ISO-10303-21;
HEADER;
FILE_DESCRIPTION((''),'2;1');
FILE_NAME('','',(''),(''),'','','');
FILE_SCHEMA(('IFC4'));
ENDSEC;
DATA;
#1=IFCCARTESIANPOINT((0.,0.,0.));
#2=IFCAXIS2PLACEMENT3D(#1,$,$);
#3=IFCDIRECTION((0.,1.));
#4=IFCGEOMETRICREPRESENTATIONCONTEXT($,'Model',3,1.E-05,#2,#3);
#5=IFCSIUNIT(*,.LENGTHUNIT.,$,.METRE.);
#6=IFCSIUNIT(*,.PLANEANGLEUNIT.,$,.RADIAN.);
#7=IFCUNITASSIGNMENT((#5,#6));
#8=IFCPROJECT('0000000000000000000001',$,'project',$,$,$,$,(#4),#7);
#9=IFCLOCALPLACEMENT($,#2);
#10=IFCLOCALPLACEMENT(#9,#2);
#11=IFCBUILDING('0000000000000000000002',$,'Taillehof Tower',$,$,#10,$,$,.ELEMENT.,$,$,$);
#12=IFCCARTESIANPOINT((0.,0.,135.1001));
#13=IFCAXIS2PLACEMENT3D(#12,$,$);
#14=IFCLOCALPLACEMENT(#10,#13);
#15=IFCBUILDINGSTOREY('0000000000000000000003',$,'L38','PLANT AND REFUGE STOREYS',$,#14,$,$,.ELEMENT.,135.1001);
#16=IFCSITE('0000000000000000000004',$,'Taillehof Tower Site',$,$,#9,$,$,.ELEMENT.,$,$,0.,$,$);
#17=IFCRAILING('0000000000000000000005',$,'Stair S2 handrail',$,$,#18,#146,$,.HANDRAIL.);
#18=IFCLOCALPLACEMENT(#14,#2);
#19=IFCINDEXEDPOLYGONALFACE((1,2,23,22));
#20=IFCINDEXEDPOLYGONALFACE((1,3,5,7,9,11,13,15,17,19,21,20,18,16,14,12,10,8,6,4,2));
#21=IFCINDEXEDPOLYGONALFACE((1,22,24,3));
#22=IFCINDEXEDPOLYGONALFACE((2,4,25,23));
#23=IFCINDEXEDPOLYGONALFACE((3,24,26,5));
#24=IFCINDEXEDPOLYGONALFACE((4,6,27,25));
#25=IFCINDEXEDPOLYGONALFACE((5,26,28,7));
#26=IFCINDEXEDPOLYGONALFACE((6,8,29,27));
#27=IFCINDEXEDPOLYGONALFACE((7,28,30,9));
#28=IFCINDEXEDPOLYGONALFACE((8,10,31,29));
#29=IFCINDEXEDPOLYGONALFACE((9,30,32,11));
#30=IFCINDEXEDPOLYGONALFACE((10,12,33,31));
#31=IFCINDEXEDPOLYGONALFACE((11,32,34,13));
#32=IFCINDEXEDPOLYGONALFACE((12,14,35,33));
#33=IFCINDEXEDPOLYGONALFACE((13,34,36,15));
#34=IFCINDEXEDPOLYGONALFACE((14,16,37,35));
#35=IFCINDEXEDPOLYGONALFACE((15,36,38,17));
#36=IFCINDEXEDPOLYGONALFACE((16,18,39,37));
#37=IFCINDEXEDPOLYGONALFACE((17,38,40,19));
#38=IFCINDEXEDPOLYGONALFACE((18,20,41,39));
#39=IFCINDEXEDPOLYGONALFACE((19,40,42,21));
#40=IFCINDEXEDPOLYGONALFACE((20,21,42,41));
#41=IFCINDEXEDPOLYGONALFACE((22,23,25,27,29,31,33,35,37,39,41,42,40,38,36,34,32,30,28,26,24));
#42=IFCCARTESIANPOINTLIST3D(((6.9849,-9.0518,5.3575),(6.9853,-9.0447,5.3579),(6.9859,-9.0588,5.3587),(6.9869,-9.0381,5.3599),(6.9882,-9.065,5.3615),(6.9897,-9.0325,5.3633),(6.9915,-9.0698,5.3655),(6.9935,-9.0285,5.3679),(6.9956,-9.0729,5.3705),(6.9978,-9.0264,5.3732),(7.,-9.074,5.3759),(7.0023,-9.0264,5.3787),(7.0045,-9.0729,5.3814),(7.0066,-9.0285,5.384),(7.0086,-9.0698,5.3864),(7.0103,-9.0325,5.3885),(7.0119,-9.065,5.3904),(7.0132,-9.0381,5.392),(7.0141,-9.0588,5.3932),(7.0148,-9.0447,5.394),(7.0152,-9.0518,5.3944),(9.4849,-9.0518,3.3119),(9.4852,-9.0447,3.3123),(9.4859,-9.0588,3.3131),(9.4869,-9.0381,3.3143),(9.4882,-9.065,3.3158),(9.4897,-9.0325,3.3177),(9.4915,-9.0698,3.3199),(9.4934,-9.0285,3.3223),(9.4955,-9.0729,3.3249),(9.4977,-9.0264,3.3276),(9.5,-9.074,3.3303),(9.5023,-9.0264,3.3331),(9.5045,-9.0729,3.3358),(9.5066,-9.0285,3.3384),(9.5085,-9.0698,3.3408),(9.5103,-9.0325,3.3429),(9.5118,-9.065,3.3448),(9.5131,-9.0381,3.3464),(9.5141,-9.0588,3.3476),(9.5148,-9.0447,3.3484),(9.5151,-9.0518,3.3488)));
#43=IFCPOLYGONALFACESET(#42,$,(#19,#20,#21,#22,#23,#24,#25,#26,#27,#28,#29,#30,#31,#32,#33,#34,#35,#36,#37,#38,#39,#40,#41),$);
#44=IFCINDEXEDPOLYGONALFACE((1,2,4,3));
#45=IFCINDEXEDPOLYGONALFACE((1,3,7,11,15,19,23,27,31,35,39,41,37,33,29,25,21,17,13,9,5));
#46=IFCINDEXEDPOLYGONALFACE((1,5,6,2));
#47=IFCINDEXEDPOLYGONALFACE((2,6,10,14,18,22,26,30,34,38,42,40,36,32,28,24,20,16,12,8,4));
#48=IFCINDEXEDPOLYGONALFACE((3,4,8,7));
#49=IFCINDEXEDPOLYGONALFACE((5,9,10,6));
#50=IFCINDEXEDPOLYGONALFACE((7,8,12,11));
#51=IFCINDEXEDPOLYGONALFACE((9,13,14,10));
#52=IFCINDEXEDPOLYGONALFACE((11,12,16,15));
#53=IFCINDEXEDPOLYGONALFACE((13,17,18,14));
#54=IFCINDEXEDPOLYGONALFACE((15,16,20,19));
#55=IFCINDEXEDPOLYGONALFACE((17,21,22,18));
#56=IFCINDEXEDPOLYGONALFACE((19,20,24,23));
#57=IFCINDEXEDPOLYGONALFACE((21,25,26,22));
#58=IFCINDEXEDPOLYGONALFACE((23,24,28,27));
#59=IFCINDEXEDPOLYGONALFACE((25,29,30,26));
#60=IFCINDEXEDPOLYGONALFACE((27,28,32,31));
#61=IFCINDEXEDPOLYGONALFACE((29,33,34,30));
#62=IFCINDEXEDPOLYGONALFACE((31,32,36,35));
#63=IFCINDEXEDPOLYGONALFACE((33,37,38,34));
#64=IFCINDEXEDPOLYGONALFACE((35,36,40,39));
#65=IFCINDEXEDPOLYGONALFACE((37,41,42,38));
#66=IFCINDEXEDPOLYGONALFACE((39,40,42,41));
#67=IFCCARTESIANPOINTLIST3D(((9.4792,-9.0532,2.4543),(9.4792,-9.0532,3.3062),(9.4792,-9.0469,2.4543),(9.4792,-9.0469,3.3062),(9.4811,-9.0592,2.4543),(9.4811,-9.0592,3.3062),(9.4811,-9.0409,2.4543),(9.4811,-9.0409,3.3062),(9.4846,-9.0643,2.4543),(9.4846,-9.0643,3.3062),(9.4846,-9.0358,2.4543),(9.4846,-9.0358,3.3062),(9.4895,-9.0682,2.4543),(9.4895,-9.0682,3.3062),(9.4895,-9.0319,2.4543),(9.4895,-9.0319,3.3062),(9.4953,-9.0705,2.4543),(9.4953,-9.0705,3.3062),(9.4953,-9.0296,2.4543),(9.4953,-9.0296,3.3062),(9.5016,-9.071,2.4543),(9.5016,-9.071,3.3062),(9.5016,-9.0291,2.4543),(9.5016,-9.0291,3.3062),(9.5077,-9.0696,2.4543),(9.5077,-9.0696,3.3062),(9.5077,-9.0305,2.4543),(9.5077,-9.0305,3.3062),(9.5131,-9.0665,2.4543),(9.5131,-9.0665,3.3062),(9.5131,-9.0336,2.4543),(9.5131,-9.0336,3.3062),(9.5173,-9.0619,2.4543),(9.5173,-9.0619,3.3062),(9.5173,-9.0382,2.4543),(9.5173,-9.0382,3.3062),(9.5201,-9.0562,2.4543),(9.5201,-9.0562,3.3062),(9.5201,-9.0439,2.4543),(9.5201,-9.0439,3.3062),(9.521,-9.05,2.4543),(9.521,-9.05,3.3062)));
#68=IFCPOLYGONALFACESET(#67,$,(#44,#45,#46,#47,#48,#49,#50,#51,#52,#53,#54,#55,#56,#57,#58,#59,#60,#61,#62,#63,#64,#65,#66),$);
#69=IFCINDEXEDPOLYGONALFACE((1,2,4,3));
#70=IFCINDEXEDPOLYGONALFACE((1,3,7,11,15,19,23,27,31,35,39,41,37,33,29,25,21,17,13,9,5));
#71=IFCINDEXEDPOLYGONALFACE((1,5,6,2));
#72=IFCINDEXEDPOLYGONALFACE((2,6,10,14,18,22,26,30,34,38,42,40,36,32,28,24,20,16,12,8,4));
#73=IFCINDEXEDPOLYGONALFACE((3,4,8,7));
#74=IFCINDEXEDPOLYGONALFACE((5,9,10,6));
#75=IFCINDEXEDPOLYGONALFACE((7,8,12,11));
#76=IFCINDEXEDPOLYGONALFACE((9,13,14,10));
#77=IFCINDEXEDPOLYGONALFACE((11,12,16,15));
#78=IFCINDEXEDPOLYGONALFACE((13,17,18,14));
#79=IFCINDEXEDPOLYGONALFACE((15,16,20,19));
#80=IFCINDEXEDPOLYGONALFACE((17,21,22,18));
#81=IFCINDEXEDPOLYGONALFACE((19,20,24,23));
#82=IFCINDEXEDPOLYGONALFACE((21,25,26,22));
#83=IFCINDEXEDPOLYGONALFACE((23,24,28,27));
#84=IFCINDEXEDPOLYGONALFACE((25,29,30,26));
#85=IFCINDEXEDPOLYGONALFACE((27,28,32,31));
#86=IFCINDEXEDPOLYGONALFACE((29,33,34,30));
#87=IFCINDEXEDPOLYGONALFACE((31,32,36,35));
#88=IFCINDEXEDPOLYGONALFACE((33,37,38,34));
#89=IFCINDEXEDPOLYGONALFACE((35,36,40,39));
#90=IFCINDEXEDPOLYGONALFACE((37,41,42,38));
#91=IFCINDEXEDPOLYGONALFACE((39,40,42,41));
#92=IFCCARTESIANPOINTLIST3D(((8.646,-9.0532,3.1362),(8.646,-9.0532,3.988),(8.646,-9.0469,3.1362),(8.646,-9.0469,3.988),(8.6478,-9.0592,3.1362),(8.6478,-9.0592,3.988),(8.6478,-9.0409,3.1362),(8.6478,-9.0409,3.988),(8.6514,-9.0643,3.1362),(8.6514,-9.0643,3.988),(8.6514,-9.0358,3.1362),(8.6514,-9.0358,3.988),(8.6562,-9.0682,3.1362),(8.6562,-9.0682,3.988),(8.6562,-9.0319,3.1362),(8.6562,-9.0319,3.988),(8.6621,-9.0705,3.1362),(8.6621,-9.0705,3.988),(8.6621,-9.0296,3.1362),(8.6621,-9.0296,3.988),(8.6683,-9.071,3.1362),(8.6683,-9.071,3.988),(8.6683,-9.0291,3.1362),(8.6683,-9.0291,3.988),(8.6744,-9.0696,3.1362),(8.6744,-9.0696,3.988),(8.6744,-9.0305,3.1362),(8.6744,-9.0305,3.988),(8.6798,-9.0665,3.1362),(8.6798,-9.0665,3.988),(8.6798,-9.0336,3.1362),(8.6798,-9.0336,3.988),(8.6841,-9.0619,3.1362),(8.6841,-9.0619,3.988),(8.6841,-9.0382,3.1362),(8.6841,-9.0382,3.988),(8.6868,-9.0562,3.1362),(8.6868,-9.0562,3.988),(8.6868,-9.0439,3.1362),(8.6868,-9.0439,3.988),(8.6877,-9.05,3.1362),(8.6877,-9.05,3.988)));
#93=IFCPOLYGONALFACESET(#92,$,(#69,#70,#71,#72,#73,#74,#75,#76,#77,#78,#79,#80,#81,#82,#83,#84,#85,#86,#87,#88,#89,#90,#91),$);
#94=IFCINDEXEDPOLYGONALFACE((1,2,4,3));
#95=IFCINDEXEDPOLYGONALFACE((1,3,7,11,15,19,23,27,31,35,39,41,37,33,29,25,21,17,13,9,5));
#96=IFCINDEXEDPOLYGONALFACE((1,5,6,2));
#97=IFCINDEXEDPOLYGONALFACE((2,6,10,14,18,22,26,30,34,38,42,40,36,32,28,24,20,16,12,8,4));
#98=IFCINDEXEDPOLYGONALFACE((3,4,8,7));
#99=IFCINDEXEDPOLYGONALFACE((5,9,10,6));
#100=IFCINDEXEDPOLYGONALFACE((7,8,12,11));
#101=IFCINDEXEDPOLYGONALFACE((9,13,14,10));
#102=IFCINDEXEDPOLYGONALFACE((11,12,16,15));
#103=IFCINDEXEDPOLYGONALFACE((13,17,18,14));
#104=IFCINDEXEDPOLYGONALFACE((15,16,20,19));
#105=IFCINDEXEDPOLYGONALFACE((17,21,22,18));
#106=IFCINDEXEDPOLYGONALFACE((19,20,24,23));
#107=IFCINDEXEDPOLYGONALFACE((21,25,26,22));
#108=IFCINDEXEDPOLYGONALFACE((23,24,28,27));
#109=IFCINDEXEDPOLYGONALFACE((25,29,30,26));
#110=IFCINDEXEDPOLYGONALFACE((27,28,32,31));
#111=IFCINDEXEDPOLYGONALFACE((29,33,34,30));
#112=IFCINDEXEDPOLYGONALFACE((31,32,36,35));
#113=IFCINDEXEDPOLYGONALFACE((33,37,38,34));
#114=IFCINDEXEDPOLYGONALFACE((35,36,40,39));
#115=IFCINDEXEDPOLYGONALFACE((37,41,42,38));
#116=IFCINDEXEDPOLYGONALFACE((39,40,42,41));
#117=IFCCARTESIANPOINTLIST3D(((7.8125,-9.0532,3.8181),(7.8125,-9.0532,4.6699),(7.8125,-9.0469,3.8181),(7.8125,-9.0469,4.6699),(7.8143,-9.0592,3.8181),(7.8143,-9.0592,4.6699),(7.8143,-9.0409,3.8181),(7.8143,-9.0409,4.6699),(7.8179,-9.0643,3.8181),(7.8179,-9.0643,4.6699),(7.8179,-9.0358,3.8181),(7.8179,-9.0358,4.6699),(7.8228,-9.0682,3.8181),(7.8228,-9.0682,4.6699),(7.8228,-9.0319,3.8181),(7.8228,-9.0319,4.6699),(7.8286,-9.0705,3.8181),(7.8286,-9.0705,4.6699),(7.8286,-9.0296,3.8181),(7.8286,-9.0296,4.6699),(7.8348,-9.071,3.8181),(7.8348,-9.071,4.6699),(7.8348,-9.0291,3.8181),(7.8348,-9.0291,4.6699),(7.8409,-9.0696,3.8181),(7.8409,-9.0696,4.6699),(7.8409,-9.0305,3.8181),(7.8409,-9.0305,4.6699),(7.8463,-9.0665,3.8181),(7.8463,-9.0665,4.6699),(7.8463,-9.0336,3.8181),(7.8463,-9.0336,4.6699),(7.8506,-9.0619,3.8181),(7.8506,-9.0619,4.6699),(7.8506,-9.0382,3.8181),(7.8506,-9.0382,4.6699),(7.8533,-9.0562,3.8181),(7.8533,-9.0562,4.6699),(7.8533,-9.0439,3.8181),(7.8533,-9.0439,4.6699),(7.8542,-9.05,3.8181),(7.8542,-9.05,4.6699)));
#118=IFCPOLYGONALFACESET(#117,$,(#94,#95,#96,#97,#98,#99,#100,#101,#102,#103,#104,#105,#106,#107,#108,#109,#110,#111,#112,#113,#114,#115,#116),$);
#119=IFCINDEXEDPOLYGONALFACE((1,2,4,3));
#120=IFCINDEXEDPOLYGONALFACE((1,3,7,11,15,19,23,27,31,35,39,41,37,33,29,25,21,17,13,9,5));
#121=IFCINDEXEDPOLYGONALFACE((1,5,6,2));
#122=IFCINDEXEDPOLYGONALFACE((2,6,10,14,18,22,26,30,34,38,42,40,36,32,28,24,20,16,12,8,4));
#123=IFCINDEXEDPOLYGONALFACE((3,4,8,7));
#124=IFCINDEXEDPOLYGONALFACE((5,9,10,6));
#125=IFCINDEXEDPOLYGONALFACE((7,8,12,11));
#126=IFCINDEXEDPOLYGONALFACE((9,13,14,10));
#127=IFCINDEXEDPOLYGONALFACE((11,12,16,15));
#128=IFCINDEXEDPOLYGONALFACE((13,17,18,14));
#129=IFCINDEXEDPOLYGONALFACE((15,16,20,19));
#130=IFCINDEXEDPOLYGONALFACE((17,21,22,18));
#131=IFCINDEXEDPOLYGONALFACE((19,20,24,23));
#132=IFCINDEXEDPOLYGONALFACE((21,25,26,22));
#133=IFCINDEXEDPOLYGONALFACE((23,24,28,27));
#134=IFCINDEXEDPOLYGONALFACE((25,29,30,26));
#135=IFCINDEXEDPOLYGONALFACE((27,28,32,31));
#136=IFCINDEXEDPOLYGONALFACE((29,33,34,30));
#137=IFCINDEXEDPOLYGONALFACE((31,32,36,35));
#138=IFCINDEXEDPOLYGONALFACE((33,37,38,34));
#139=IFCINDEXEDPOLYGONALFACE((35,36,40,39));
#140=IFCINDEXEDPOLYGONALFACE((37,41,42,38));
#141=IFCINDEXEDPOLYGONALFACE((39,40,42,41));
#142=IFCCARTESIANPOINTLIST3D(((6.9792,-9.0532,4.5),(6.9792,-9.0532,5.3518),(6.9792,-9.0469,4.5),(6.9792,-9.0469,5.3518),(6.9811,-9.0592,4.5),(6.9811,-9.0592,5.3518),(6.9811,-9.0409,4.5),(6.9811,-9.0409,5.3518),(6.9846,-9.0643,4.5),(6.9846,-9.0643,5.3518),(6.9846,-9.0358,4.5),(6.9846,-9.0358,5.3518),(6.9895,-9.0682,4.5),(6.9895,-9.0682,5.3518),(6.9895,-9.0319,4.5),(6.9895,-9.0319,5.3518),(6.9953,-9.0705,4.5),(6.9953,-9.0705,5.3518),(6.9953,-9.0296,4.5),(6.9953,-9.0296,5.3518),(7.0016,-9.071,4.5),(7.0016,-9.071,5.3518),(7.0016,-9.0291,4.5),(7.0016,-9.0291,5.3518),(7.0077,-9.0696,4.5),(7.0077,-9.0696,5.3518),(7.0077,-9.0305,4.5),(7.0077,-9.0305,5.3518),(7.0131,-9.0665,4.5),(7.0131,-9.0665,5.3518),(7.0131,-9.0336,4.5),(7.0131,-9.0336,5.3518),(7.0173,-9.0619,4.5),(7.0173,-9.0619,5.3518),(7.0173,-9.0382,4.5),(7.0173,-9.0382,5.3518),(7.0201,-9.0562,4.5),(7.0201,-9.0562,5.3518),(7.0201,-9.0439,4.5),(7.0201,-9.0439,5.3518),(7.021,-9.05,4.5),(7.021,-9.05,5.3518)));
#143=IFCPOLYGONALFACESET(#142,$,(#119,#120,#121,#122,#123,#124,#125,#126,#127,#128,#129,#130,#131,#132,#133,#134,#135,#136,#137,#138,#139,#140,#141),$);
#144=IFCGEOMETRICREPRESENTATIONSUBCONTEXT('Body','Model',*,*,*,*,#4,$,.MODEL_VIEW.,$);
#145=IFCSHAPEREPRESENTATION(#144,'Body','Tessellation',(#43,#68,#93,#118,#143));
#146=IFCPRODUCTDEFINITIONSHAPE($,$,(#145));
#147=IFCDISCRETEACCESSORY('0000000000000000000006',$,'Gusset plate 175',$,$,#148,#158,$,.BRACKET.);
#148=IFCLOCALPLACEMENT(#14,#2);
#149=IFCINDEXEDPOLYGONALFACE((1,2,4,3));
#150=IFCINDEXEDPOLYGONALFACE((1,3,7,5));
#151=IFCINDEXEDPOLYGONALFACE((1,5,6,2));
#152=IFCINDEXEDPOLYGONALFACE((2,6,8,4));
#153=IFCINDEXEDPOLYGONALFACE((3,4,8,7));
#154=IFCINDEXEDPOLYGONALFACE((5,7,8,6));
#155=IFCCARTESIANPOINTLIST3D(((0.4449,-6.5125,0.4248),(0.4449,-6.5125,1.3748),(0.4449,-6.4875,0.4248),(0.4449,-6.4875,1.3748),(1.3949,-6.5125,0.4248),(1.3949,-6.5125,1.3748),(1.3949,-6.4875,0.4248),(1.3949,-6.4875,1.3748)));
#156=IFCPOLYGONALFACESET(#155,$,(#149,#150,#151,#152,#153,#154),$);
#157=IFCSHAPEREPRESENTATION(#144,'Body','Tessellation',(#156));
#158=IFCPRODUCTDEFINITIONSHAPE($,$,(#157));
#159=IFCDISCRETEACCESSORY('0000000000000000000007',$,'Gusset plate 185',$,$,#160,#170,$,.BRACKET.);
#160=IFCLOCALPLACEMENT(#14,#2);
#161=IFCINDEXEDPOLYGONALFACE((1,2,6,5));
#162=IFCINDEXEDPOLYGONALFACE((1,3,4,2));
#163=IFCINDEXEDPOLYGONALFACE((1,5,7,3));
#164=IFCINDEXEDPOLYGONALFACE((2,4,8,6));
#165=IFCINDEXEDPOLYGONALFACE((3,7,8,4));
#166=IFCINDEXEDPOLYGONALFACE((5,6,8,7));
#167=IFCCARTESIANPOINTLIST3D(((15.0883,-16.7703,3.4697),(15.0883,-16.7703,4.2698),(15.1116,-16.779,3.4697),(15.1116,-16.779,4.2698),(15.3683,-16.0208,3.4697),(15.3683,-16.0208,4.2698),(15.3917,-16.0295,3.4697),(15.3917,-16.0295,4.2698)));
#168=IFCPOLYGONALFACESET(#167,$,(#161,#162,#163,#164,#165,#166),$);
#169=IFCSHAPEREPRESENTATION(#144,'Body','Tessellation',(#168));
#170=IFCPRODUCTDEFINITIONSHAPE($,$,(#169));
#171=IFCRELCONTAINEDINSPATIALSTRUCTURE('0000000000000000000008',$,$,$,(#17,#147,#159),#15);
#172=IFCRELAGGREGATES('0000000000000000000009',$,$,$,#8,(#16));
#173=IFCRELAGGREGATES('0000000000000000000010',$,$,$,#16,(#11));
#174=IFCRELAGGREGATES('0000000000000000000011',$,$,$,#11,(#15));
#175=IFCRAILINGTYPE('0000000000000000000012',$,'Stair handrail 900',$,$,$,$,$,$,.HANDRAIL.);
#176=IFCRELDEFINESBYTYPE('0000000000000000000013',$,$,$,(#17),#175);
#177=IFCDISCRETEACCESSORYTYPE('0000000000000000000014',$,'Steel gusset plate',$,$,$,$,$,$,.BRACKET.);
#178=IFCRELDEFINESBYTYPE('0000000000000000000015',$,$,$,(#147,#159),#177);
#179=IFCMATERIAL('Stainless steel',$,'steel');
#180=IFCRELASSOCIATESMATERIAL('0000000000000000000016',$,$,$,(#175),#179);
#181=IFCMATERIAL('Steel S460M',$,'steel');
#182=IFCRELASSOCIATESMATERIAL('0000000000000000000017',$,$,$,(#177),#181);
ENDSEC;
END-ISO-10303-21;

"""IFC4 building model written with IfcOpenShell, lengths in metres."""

from ifc_helpers import new_model, si_unit, direction, frame, origin, origin_2d, place, context, subcontext, project, spatial, rectangle, circle, extrude, material, type_object, element, save


model = new_model("IFC4")

# Units and contexts
model_context = context("Model", 3, precision=1e-05, world=origin(), true_north=direction((0.0, 1.0)))
body_context = subcontext(model_context, "Body", "Model", "MODEL_VIEW")
ifc_project = project(units=[si_unit("LENGTHUNIT", "METRE"), si_unit("PLANEANGLEUNIT", "RADIAN")], contexts=[model_context])

# Site, building, storey
site_placement = place(None, origin())
site = spatial("IfcSite", under=ifc_project, at=site_placement, Name="Taillehof Tower Site", CompositionType="ELEMENT", RefElevation=0.0)
building_placement = place(site_placement, origin())
building = spatial("IfcBuilding", under=site, at=building_placement, Name="Taillehof Tower", CompositionType="ELEMENT")
storey_placement = place(building_placement, frame((0.0, 0.0, 135.1001)))
storey = spatial("IfcBuildingStorey", under=building, at=storey_placement, Name="L38", Description="PLANT AND REFUGE STOREYS", CompositionType="ELEMENT", Elevation=135.1001)

# Railing
ifc_material_1 = material(Name="Stainless steel", Category="steel")
railing_type = type_object("IfcRailingType", Name="Stair handrail 900", PredefinedType="HANDRAIL", material=ifc_material_1)
railing_placement = place(storey_placement, frame((9.5, -9.05, 2.4543)))
element("IfcRailing", 1, at=railing_placement, inside=storey, type_object=railing_type, Name="Stair S2 handrail", PredefinedType="HANDRAIL", context=body_context, shape_type="SweptSolid", body=[
    extrude(circle(Radius=0.0239, at=origin_2d()), frame((0.0, 0.0, 0.876), z_axis=(-0.773927, 0.0, 0.633275), x_axis=(0.0, -1.0, 0.0)), (0.0, 0.0, 1.0), 3.2302),
    extrude(circle(Radius=0.021, at=origin_2d()), origin(), (0.0, 0.0, 1.0), 0.8518),
    extrude(circle(Radius=0.021, at=origin_2d()), frame((-0.8333, 0.0, 0.6819)), (0.0, 0.0, 1.0), 0.8518),
    extrude(circle(Radius=0.021, at=origin_2d()), frame((-1.6667, 0.0, 1.3638)), (0.0, 0.0, 1.0), 0.8518),
    extrude(circle(Radius=0.021, at=origin_2d()), frame((-2.5, 0.0, 2.0457)), (0.0, 0.0, 1.0), 0.8518),
])

# Discrete accessories
ifc_material_2 = material(Name="Steel S460M", Category="steel")
discrete_accessory_type = type_object("IfcDiscreteAccessoryType", Name="Steel gusset plate", PredefinedType="BRACKET", material=ifc_material_2)
discrete_accessory_1_placement = place(storey_placement, frame((0.9199, -6.5, 0.4248), z_axis=(0.0, 0.0, 1.0), x_axis=(-1.0, 0.0, 0.0)))
element("IfcDiscreteAccessory", 2, at=discrete_accessory_1_placement, inside=storey, type_object=discrete_accessory_type, Name="Gusset plate 175", PredefinedType="BRACKET", context=body_context, shape_type="SweptSolid", body=[
    extrude(rectangle(XDim=0.95, YDim=0.0249, at=origin_2d()), origin(), (0.0, 0.0, 1.0), 0.95),
])
discrete_accessory_2_placement = place(storey_placement, frame((15.24, -16.3999, 3.4697), z_axis=(0.0, 0.0, 1.0), x_axis=(0.350031, 0.936738, 0.0)))
element("IfcDiscreteAccessory", 3, at=discrete_accessory_2_placement, inside=storey, type_object=discrete_accessory_type, Name="Gusset plate 185", PredefinedType="BRACKET", context=body_context, shape_type="SweptSolid", body=[
    extrude(rectangle(XDim=0.8, YDim=0.0249, at=origin_2d()), origin(), (0.0, 0.0, 1.0), 0.8),
])

save(model, "model.ifc")
